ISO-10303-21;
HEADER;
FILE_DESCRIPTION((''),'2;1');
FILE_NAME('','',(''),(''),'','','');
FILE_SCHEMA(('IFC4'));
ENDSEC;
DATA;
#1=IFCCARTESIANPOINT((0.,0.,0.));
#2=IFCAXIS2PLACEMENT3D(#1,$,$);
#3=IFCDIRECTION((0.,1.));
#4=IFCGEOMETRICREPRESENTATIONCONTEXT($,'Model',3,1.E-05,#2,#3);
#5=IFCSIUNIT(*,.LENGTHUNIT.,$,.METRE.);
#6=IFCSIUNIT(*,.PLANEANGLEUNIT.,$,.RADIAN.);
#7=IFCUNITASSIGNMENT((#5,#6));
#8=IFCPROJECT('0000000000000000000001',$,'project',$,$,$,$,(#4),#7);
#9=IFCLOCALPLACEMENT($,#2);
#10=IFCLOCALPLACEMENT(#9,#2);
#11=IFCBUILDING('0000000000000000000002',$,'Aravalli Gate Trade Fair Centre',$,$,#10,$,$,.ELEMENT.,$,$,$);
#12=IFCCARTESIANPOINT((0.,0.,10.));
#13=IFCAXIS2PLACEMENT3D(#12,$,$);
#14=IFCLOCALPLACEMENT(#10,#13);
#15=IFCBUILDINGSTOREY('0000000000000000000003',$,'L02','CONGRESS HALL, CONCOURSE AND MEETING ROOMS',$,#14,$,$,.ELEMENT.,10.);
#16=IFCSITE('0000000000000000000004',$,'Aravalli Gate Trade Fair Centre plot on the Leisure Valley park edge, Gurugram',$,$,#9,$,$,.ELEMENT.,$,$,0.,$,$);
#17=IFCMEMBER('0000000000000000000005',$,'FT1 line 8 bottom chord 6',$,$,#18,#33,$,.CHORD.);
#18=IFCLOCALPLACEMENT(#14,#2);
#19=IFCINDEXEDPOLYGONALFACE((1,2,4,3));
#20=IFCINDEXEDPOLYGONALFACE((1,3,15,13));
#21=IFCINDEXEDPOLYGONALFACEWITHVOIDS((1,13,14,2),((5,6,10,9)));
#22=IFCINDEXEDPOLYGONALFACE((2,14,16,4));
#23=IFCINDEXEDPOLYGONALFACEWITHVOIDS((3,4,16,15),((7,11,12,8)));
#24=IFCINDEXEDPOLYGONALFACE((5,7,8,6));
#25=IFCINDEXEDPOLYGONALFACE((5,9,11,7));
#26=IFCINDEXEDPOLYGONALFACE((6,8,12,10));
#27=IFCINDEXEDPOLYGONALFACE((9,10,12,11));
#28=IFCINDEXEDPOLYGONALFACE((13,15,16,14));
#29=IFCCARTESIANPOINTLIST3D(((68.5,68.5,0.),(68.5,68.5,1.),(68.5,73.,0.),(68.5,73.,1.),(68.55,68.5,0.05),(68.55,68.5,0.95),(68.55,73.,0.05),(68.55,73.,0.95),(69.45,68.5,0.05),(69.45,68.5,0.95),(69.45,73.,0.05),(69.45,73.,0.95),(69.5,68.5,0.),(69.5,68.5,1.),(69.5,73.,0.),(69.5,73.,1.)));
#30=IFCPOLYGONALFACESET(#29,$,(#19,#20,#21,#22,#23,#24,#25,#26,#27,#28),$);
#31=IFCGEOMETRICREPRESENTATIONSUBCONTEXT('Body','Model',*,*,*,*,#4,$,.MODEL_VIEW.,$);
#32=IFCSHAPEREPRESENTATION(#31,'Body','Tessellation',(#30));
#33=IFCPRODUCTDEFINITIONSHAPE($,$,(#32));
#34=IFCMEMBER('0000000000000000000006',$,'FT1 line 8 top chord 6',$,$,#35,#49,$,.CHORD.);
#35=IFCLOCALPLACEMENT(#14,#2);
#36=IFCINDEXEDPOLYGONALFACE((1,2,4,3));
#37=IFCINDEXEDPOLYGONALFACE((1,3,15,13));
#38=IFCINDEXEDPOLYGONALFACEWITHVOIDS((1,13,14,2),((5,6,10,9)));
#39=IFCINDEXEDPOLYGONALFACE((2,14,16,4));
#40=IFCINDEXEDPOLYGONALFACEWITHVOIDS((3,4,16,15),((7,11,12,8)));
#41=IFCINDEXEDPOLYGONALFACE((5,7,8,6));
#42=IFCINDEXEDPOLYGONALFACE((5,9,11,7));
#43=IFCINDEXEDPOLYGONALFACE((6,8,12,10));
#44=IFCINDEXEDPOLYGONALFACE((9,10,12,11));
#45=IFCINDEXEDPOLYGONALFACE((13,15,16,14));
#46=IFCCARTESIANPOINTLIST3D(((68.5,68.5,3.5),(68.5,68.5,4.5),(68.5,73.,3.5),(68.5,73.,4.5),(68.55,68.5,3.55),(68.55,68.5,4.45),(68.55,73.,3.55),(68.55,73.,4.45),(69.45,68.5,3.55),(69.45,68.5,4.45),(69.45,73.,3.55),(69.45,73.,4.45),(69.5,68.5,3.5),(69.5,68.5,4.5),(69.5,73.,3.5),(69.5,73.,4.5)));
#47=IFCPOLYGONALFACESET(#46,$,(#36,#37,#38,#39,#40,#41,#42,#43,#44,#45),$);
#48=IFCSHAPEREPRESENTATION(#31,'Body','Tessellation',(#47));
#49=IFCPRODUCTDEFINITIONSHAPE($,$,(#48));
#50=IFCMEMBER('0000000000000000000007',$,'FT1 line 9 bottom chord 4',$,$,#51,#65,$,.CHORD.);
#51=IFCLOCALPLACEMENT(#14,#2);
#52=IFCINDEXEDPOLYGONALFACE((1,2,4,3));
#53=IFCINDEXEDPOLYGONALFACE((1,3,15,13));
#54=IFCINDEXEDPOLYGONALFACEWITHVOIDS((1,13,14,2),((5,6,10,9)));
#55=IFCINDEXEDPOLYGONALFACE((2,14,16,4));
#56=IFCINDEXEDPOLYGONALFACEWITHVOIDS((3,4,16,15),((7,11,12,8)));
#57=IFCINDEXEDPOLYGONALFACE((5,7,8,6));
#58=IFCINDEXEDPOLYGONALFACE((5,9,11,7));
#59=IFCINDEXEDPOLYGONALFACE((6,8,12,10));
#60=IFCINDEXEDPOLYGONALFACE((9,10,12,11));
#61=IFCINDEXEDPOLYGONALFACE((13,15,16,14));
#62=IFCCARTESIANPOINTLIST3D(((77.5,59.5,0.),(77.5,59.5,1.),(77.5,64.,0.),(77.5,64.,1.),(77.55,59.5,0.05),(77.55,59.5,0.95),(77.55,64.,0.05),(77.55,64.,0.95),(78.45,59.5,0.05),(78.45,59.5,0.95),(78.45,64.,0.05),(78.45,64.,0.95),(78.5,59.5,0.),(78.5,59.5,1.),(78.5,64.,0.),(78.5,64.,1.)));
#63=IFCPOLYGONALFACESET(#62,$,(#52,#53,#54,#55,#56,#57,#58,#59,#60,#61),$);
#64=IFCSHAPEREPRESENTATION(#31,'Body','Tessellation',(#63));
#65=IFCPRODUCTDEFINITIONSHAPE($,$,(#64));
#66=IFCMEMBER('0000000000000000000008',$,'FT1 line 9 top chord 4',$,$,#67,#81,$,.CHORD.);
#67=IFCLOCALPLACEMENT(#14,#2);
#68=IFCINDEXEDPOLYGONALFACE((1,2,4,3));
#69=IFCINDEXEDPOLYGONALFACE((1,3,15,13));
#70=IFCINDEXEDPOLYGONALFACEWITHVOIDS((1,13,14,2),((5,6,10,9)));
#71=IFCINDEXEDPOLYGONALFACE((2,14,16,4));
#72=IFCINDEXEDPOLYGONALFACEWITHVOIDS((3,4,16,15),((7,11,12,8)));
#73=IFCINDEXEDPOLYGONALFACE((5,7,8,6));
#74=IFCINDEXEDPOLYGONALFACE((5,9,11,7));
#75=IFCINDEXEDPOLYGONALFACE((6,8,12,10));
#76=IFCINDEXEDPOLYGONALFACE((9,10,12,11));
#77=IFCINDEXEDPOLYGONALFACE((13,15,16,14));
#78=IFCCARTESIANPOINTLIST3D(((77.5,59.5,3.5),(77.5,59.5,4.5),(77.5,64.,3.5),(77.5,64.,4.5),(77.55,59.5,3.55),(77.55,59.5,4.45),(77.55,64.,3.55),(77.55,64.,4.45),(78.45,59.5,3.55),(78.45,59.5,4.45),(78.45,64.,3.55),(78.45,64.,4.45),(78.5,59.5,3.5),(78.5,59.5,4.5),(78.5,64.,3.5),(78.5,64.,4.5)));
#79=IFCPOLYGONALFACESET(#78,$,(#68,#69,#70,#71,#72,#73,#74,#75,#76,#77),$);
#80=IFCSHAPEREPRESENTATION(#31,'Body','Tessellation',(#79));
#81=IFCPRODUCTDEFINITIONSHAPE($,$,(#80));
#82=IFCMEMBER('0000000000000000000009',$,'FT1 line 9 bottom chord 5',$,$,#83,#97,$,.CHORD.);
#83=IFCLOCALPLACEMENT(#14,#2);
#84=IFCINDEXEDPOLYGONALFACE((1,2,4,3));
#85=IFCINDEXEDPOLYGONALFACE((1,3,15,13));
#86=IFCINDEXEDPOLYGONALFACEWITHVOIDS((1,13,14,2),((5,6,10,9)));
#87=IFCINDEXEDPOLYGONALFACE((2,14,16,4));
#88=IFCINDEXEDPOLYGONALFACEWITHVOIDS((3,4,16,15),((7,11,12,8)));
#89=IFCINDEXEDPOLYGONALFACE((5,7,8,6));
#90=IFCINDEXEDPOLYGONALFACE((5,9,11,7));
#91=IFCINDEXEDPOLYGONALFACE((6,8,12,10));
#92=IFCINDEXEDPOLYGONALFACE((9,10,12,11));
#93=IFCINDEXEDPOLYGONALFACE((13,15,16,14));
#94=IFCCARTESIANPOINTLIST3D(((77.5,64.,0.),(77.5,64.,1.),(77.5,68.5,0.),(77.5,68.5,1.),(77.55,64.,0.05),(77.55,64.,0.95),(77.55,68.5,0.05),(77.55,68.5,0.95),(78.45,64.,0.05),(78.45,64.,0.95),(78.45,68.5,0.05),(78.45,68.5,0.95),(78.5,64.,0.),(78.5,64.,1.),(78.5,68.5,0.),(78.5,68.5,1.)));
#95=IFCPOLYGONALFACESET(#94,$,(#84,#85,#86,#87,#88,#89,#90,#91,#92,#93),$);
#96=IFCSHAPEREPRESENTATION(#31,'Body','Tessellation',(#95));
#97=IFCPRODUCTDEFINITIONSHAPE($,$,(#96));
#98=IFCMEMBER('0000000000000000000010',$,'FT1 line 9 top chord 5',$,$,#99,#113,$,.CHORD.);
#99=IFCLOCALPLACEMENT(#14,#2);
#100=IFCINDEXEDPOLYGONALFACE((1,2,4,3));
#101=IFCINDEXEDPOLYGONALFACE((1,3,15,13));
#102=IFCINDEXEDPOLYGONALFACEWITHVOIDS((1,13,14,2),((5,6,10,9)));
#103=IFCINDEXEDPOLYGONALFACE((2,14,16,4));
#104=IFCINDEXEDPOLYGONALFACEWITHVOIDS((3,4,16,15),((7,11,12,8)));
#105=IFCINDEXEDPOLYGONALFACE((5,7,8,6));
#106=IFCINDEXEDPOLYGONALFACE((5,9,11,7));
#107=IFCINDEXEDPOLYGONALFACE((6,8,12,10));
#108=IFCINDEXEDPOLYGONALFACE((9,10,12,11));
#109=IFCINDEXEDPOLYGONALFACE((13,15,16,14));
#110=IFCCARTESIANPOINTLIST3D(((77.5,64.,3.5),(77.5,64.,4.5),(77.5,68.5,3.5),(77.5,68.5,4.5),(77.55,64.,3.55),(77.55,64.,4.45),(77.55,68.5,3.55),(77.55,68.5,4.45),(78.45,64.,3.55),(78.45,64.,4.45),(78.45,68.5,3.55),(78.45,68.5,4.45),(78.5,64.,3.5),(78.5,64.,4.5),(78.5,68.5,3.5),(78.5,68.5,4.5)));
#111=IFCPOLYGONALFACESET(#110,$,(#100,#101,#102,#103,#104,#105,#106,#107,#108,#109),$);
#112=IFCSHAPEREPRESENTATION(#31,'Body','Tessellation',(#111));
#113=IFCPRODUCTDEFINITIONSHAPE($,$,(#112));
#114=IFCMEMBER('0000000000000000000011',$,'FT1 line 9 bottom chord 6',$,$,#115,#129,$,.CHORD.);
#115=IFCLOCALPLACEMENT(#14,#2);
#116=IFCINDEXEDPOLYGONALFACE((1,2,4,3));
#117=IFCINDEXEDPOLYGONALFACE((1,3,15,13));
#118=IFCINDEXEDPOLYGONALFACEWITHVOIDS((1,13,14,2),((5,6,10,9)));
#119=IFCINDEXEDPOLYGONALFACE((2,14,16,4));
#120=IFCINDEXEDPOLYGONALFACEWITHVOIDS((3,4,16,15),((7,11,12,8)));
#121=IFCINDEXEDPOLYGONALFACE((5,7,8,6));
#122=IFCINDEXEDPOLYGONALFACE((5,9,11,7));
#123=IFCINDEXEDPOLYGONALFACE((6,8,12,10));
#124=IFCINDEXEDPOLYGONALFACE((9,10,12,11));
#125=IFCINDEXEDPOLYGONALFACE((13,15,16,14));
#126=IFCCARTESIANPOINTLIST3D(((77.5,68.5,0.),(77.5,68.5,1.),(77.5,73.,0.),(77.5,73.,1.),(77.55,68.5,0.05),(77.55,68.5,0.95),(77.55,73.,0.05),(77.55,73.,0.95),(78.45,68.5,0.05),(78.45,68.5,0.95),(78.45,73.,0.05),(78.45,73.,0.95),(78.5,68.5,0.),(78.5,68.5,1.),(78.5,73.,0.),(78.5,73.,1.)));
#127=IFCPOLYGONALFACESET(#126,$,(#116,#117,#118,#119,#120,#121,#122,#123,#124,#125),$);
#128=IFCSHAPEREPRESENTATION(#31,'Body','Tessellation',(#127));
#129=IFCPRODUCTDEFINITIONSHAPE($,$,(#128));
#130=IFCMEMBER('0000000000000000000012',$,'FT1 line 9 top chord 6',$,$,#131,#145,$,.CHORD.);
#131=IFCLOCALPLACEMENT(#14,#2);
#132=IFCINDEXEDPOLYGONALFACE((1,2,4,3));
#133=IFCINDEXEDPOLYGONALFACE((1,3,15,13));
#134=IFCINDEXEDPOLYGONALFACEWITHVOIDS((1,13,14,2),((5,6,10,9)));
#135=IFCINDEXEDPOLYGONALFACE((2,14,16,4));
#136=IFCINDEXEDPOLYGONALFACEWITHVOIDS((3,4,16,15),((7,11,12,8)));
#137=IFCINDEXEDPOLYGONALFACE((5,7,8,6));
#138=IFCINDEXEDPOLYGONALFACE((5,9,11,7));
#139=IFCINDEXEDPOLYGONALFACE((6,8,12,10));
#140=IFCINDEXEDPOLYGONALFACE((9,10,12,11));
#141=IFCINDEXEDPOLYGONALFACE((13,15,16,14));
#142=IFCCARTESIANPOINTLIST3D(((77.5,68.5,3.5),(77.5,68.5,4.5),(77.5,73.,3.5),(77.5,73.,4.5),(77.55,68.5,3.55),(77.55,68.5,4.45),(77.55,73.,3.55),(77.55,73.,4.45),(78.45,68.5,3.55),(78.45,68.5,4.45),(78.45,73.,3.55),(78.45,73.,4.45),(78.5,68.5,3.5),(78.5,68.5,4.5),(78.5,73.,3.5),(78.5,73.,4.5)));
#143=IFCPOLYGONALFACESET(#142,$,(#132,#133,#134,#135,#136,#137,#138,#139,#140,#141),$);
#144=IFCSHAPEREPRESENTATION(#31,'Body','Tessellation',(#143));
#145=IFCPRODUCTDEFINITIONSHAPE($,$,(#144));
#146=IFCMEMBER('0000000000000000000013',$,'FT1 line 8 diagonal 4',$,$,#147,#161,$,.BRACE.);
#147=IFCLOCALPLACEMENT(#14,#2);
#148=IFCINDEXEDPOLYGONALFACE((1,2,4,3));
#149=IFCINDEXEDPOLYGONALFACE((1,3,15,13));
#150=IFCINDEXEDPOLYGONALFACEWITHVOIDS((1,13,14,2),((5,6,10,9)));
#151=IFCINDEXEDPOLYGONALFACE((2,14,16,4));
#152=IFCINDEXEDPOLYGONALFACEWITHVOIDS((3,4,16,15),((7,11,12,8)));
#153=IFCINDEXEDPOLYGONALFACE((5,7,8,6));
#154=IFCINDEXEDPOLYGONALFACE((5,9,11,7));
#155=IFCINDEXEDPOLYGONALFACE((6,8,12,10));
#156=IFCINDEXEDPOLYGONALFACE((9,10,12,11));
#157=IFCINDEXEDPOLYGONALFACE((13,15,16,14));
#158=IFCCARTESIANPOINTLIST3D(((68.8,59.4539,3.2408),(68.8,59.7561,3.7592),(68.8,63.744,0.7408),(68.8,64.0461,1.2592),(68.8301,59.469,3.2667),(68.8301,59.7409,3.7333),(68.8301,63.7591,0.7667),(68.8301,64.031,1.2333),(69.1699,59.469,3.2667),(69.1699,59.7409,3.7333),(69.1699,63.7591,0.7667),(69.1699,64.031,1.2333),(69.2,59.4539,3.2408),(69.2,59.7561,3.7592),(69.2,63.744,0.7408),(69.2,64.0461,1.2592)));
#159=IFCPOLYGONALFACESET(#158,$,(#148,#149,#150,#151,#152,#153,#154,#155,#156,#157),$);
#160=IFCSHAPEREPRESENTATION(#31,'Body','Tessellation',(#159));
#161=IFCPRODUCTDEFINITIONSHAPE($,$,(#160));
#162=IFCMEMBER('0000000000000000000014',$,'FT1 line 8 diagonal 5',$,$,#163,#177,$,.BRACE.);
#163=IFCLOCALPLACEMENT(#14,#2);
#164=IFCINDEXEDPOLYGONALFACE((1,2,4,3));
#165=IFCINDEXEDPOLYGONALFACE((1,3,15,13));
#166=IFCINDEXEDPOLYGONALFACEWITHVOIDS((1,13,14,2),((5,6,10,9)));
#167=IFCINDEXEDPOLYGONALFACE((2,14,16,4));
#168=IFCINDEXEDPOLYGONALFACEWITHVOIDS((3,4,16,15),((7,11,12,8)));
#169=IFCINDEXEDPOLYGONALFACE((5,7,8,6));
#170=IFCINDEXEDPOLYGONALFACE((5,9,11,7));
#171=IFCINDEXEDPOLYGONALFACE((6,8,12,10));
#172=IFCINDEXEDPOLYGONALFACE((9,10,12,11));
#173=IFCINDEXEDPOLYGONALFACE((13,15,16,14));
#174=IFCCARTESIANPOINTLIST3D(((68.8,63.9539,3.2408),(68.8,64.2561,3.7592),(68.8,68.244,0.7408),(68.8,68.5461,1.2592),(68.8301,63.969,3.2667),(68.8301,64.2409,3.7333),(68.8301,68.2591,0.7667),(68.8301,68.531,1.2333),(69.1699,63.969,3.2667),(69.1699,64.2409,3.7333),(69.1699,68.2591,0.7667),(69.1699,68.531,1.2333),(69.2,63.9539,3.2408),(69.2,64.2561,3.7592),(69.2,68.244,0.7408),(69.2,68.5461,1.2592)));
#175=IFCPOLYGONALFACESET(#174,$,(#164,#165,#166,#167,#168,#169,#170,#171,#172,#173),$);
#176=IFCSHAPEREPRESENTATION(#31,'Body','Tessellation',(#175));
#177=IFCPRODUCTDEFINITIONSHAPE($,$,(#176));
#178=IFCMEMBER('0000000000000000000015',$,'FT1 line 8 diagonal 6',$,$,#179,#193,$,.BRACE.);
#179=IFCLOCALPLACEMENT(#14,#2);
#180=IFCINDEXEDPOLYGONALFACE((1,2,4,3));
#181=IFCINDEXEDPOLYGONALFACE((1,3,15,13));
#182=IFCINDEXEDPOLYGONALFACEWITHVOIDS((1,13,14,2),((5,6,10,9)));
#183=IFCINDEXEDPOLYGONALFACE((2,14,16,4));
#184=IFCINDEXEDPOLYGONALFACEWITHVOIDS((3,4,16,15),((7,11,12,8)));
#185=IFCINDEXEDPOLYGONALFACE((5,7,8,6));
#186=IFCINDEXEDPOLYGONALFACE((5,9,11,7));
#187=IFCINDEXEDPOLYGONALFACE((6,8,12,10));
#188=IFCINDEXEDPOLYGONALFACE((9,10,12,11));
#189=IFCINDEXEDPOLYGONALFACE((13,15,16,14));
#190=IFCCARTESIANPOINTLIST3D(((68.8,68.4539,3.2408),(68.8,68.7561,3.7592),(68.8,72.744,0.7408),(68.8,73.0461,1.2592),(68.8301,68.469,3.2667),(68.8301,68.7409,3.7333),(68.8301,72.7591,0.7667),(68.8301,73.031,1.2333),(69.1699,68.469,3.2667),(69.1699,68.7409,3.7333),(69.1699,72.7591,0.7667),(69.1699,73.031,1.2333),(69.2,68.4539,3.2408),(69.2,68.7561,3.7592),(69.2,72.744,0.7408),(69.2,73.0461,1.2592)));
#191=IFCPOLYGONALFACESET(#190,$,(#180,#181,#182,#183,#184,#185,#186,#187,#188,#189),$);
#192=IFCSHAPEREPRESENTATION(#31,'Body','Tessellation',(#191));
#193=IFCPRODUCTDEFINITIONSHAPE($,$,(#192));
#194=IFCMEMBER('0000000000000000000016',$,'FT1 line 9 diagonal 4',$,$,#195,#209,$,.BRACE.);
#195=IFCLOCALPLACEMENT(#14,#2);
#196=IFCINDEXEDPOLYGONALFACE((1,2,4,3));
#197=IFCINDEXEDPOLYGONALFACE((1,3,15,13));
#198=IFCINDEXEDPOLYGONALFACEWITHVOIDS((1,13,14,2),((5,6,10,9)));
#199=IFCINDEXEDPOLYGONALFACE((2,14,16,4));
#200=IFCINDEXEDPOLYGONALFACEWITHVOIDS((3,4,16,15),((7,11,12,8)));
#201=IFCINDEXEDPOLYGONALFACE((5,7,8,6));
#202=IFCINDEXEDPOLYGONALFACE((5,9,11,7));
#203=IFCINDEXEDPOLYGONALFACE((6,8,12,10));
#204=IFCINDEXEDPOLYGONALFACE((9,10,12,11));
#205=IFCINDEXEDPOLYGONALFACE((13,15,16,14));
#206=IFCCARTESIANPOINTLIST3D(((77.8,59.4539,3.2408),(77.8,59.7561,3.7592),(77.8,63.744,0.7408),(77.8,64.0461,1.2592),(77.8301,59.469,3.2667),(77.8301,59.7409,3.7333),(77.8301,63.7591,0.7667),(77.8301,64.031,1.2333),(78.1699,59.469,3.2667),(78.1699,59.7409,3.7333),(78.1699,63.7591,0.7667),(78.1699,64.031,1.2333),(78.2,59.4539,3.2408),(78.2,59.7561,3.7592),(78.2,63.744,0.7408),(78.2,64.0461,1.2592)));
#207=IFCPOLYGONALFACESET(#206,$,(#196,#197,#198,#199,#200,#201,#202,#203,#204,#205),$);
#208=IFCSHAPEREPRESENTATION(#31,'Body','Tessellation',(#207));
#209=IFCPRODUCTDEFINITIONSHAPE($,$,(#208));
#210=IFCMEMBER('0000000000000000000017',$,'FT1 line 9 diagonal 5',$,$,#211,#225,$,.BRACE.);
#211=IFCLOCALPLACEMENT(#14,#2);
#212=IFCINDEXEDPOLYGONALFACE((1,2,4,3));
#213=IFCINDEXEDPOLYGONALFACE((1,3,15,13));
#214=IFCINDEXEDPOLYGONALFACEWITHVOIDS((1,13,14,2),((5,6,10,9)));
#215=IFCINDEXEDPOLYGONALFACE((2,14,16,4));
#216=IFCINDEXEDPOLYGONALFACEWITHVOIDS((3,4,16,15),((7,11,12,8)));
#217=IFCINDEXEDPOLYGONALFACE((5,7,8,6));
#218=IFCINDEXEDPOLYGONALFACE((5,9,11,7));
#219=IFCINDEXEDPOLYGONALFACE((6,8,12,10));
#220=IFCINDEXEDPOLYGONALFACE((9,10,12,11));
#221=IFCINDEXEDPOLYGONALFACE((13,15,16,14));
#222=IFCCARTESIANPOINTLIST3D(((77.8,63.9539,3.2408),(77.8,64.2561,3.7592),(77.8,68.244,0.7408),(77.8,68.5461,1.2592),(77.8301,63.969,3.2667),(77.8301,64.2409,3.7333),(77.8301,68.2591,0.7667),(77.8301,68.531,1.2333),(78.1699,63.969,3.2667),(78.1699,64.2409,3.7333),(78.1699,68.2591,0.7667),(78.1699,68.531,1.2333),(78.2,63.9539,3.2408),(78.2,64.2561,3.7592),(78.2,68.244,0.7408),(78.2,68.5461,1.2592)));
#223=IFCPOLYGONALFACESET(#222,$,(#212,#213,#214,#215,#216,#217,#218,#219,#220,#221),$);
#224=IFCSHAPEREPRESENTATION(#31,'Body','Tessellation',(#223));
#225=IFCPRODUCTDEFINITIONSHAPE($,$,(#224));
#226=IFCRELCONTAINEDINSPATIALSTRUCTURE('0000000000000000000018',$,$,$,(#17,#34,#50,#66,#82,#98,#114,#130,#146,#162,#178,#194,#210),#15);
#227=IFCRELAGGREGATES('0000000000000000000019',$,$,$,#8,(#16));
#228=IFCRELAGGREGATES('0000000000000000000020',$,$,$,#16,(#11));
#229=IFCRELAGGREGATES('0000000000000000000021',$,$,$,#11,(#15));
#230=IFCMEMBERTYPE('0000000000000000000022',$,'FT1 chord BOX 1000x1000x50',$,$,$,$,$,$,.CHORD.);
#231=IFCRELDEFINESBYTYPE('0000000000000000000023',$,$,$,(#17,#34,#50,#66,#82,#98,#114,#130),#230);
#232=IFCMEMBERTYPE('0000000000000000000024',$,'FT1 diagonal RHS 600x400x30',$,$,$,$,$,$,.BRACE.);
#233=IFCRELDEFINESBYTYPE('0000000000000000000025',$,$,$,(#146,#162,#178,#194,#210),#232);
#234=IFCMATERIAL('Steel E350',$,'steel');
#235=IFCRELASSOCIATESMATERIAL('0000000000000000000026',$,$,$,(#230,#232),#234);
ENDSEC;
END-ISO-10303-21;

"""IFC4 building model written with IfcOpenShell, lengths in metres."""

from ifc_helpers import new_model, si_unit, direction, frame, origin, origin_2d, place, context, subcontext, project, spatial, hollow_rectangle, extrude, material, material_profile, profile_set, type_object, element, save


model = new_model("IFC4")

# Units and contexts
model_context = context("Model", 3, precision=1e-05, world=origin(), true_north=direction((0.0, 1.0)))
body_context = subcontext(model_context, "Body", "Model", "MODEL_VIEW")
ifc_project = project(units=[si_unit("LENGTHUNIT", "METRE"), si_unit("PLANEANGLEUNIT", "RADIAN")], contexts=[model_context])

# Site, building, storey
site_placement = place(None, origin())
site = spatial("IfcSite", under=ifc_project, at=site_placement, Name="Aravalli Gate Trade Fair Centre plot on the Leisure Valley park edge, Gurugram", CompositionType="ELEMENT", RefElevation=0.0)
building_placement = place(site_placement, origin())
building = spatial("IfcBuilding", under=site, at=building_placement, Name="Aravalli Gate Trade Fair Centre", CompositionType="ELEMENT")
storey_placement = place(building_placement, frame((0.0, 0.0, 10.0)))
storey = spatial("IfcBuildingStorey", under=building, at=storey_placement, Name="L02", Description="CONGRESS HALL, CONCOURSE AND MEETING ROOMS", CompositionType="ELEMENT", Elevation=10.0)

# Members
ifc_material = material(Name="Steel E350", Category="steel")
ifc_material_profile_1 = material_profile(ifc_material, hollow_rectangle(XDim=1.0, YDim=1.0, WallThickness=0.05, at=origin_2d()), Name="BOX 1000x1000x50")
ifc_profile_set_1 = profile_set([ifc_material_profile_1], Name="Steel E350")
member_type_1 = type_object("IfcMemberType", Name="FT1 chord BOX 1000x1000x50", PredefinedType="CHORD", material=ifc_profile_set_1)
for number, where, z_axis, x_axis, name in (
    (1, (69.0, 68.5, 0.5), (0.0, 1.0, 0.0), (-1.0, 0.0, 0.0), "FT1 line 8 bottom chord 6"),
    (2, (69.0, 68.5, 4.0), (0.0, 1.0, 0.0), (-1.0, 0.0, 0.0), "FT1 line 8 top chord 6"),
    (3, (78.0, 59.5, 0.5), (0.0, 1.0, 0.0), (-1.0, 0.0, 0.0), "FT1 line 9 bottom chord 4"),
    (4, (78.0, 59.5, 4.0), (0.0, 1.0, 0.0), (-1.0, 0.0, 0.0), "FT1 line 9 top chord 4"),
    (5, (78.0, 64.0, 0.5), (0.0, 1.0, 0.0), (-1.0, 0.0, 0.0), "FT1 line 9 bottom chord 5"),
    (6, (78.0, 64.0, 4.0), (0.0, 1.0, 0.0), (-1.0, 0.0, 0.0), "FT1 line 9 top chord 5"),
    (7, (78.0, 68.5, 0.5), (0.0, 1.0, 0.0), (-1.0, 0.0, 0.0), "FT1 line 9 bottom chord 6"),
    (8, (78.0, 68.5, 4.0), (0.0, 1.0, 0.0), (-1.0, 0.0, 0.0), "FT1 line 9 top chord 6"),
):
    element("IfcMember", number, at=place(storey_placement, frame(where, z_axis=z_axis, x_axis=x_axis)), inside=storey, type_object=member_type_1, Name=name, PredefinedType="CHORD", context=body_context, shape_type="SweptSolid", body=[
        extrude(hollow_rectangle(XDim=1.0, YDim=1.0, WallThickness=0.05, at=origin_2d()), origin(), (0.0, 0.0, 1.0), 4.5),
    ])
ifc_material_profile_2 = material_profile(ifc_material, hollow_rectangle(XDim=0.3999, YDim=0.6001, WallThickness=0.03, at=origin_2d()), Name="RHS 600x400x30")
ifc_profile_set_2 = profile_set([ifc_material_profile_2], Name="Steel E350")
member_type_2 = type_object("IfcMemberType", Name="FT1 diagonal RHS 600x400x30", PredefinedType="BRACE", material=ifc_profile_set_2)
for number, where, z_axis, x_axis, name in (
    (9, (69.0, 59.605, 3.5), (0.0, 0.864, -0.503492), (-1.0, 0.0, 0.0), "FT1 line 8 diagonal 4"),
    (10, (69.0, 64.105, 3.5), (0.0, 0.864, -0.503492), (-1.0, 0.0, 0.0), "FT1 line 8 diagonal 5"),
    (11, (69.0, 68.605, 3.5), (0.0, 0.864, -0.503492), (-1.0, 0.0, 0.0), "FT1 line 8 diagonal 6"),
    (12, (78.0, 59.605, 3.5), (0.0, 0.864, -0.503492), (-1.0, 0.0, 0.0), "FT1 line 9 diagonal 4"),
    (13, (78.0, 64.105, 3.5), (0.0, 0.864, -0.503492), (-1.0, 0.0, 0.0), "FT1 line 9 diagonal 5"),
):
    element("IfcMember", number, at=place(storey_placement, frame(where, z_axis=z_axis, x_axis=x_axis)), inside=storey, type_object=member_type_2, Name=name, PredefinedType="BRACE", context=body_context, shape_type="SweptSolid", body=[
        extrude(hollow_rectangle(XDim=0.3999, YDim=0.6001, WallThickness=0.03, at=origin_2d()), origin(), (0.0, 0.0, 1.0), 4.9653),
    ])

save(model, "model.ifc")
